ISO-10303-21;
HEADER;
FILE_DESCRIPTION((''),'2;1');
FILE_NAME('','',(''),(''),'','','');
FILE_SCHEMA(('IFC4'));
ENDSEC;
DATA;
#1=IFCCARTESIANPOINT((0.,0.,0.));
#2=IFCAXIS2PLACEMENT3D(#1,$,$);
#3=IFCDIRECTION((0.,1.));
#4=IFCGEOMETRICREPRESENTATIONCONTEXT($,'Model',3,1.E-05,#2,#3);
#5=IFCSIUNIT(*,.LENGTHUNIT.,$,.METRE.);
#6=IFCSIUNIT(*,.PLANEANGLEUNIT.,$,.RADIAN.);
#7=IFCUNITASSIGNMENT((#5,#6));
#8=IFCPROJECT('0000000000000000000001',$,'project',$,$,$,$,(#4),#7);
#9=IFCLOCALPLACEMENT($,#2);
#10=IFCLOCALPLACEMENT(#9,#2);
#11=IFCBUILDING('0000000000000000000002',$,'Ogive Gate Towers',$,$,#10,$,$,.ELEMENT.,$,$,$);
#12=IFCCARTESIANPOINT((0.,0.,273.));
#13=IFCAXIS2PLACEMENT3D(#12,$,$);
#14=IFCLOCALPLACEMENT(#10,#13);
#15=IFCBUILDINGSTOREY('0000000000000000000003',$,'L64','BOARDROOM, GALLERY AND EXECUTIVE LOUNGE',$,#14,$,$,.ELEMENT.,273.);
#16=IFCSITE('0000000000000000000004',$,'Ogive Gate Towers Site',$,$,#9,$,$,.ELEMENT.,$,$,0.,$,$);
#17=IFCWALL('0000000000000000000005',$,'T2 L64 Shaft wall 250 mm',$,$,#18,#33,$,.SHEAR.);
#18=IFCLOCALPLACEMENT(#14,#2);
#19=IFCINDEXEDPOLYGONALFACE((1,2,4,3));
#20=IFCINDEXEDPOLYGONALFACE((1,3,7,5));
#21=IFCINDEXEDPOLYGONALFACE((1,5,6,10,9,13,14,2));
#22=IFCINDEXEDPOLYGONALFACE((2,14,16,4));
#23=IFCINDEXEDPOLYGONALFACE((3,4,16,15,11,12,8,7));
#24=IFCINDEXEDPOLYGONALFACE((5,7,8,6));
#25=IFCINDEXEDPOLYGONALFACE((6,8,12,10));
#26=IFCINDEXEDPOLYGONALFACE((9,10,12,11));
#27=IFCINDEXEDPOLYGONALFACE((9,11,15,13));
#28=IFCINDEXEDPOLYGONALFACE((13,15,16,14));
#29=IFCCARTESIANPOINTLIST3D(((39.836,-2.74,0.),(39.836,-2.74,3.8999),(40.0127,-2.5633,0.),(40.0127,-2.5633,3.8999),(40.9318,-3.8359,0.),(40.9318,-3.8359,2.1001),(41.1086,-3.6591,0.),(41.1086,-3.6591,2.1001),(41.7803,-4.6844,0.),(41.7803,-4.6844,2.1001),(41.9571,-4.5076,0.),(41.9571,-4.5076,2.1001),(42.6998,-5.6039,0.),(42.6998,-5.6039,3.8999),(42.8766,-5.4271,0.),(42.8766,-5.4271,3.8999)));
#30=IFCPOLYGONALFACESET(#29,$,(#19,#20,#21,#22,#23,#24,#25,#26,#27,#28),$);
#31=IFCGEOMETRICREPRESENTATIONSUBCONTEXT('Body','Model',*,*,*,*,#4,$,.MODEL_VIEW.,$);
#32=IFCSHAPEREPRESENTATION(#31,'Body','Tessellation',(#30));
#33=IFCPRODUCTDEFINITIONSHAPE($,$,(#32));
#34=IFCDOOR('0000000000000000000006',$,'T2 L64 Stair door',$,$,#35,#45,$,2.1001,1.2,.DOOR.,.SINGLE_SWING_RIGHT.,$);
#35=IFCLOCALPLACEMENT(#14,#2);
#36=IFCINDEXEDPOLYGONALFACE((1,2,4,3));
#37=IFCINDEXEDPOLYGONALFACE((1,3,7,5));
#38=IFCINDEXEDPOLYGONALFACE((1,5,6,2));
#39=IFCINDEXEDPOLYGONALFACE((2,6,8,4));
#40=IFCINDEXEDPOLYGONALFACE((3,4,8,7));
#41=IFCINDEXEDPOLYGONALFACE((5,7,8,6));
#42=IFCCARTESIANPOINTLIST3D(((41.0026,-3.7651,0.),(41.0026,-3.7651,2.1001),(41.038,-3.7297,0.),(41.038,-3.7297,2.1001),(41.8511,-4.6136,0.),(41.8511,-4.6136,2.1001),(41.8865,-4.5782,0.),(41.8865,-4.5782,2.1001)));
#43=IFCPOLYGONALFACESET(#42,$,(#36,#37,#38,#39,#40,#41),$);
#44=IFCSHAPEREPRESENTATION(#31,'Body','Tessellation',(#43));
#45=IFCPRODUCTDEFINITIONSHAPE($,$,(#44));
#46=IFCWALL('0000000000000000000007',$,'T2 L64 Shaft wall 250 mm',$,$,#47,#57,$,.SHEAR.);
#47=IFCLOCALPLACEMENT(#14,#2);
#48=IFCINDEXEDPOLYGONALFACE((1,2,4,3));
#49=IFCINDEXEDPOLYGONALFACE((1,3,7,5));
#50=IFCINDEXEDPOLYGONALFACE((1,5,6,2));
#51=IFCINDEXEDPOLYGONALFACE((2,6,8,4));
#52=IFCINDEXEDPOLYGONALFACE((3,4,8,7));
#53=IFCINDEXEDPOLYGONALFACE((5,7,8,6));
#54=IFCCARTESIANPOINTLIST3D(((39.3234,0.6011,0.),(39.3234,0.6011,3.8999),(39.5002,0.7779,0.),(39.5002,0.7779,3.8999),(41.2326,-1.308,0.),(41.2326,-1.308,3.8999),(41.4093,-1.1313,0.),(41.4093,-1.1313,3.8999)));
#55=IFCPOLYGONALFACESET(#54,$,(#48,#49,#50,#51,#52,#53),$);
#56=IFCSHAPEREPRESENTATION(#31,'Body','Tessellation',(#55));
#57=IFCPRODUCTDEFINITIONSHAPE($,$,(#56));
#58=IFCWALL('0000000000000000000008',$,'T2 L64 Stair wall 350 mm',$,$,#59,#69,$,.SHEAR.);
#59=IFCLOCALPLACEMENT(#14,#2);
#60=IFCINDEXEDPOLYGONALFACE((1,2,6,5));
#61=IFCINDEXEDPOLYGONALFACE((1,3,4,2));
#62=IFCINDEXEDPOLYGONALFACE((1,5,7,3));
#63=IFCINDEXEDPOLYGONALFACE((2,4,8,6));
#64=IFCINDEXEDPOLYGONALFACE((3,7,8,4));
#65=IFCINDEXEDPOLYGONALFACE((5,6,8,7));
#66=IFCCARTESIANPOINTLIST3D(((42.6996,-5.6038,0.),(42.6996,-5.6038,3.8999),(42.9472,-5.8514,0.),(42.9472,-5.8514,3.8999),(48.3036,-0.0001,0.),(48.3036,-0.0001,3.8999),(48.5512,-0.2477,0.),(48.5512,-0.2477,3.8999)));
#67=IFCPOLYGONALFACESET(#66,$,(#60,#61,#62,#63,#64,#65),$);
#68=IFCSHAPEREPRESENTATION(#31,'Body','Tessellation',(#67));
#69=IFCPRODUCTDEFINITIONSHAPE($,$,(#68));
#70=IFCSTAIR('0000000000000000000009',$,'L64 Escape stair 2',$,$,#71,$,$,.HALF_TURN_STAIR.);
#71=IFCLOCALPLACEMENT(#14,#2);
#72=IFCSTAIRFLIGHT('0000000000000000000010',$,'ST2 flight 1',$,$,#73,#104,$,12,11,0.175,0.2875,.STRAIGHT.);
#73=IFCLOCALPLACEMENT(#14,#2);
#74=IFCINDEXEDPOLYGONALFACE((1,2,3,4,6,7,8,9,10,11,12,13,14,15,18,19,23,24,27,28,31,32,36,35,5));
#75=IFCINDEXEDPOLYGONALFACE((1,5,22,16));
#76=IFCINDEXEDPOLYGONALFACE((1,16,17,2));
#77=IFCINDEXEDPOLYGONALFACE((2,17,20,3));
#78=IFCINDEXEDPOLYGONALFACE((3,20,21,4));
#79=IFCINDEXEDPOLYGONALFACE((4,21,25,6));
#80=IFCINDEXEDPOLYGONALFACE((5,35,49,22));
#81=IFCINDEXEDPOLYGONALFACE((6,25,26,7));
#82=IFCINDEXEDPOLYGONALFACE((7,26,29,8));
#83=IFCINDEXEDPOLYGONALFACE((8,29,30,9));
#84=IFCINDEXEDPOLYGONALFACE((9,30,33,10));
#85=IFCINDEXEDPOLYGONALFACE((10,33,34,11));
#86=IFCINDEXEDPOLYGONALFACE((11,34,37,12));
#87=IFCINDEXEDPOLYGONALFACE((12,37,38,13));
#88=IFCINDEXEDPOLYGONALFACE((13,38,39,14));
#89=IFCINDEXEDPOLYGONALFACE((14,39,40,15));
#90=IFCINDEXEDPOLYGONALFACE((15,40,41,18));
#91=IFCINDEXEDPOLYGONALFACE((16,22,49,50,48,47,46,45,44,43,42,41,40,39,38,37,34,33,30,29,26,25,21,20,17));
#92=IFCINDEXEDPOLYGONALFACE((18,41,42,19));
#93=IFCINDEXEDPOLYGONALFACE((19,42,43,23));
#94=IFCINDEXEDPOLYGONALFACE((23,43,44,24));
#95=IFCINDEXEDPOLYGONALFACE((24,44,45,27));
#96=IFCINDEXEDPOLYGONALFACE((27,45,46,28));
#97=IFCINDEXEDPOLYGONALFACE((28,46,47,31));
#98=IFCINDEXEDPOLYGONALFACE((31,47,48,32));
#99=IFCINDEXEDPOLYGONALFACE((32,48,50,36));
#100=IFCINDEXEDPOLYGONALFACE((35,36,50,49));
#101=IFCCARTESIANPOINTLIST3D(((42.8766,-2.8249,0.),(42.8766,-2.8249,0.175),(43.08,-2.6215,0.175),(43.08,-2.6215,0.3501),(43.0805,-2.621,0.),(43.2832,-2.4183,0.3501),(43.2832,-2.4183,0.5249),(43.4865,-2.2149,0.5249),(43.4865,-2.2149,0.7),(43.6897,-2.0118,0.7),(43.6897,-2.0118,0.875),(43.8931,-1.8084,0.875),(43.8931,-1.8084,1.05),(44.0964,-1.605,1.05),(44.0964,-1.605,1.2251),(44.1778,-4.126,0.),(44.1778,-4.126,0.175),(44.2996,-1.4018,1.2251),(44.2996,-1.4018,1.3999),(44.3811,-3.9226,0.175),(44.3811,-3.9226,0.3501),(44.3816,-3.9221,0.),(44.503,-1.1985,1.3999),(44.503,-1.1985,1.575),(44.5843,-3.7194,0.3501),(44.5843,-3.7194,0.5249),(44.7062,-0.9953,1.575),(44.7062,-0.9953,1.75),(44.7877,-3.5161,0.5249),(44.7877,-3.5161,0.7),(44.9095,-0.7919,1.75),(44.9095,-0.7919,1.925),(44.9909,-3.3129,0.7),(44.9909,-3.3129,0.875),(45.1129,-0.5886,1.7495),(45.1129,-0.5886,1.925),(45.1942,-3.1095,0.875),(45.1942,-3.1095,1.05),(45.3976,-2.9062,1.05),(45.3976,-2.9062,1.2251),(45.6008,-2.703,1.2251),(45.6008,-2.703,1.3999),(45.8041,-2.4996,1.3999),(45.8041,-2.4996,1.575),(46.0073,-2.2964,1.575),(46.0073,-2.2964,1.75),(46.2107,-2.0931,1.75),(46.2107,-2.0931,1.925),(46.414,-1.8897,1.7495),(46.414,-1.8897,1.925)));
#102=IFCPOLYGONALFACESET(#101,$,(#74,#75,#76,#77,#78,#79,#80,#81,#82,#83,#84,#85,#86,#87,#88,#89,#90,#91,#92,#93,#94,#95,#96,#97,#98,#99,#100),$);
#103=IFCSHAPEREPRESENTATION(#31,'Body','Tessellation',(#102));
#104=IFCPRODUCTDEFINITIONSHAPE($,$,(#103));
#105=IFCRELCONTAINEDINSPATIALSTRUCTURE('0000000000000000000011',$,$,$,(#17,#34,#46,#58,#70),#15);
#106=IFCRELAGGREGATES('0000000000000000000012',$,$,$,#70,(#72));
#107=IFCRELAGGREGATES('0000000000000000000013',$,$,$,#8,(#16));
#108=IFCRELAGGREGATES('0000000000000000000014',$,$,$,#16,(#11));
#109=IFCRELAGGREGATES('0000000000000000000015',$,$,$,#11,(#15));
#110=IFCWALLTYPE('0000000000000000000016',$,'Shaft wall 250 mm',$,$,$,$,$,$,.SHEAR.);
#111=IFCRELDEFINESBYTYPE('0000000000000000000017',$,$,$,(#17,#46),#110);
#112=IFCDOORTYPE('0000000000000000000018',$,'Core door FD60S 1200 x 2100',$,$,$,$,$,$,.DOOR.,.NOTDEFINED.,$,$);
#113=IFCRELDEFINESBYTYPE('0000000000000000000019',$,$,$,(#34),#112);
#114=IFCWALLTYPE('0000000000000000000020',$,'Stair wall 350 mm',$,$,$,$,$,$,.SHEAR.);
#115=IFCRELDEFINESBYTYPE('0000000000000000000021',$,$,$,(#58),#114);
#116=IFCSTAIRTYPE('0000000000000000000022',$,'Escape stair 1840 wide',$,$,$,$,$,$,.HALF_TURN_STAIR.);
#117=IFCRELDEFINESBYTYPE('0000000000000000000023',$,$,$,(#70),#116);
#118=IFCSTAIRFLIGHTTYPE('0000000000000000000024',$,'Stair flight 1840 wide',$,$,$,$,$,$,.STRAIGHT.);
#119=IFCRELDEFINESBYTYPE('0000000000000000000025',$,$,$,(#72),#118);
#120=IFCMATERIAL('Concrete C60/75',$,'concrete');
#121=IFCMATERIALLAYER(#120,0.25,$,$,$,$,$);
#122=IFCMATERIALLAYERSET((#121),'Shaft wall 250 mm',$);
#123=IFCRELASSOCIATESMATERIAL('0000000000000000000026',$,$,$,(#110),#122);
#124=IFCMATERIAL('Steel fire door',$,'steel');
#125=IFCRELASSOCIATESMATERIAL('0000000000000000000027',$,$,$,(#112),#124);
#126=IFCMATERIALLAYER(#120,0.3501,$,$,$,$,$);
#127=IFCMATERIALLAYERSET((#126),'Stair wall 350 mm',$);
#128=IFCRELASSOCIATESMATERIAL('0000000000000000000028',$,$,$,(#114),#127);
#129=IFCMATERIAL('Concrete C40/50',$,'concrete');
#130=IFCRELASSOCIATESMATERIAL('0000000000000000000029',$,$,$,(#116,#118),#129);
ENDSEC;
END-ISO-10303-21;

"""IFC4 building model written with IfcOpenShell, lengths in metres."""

from ifc_helpers import new_model, si_unit, direction, frame, frame_2d, origin, place, context, subcontext, project, spatial, polyline, rectangle, outline, extrude, material, layer, layer_set, type_object, element, fill, aggregate, save


model = new_model("IFC4")

# Units and contexts
model_context = context("Model", 3, precision=1e-05, world=origin(), true_north=direction((0.0, 1.0)))
body_context = subcontext(model_context, "Body", "Model", "MODEL_VIEW")
ifc_project = project(units=[si_unit("LENGTHUNIT", "METRE"), si_unit("PLANEANGLEUNIT", "RADIAN")], contexts=[model_context])

# Site, building, storey
site_placement = place(None, origin())
site = spatial("IfcSite", under=ifc_project, at=site_placement, Name="Ogive Gate Towers Site", CompositionType="ELEMENT", RefElevation=0.0)
building_placement = place(site_placement, origin())
building = spatial("IfcBuilding", under=site, at=building_placement, Name="Ogive Gate Towers", CompositionType="ELEMENT")
storey_placement = place(building_placement, frame((0.0, 0.0, 273.0)))
storey = spatial("IfcBuildingStorey", under=building, at=storey_placement, Name="L64", Description="BOARDROOM, GALLERY AND EXECUTIVE LOUNGE", CompositionType="ELEMENT", Elevation=273.0)

# Shared definitions
ifc_material_1 = material(Name="Concrete C40/50", Category="concrete")

# Shared definitions
ifc_material_2 = material(Name="Concrete C60/75", Category="concrete")
ifc_layer_1 = layer(ifc_material_2, 0.25)
ifc_layer_set_1 = layer_set([ifc_layer_1], Name="Shaft wall 250 mm")
wall_type_1 = type_object("IfcWallType", Name="Shaft wall 250 mm", PredefinedType="SHEAR", material=ifc_layer_set_1)

# Wall, opening, door
wall_1_placement = place(storey_placement, frame((42.7881, -5.5154, 0.0), z_axis=(0.0, 0.0, 1.0), x_axis=(-0.707107, 0.707107, 0.0)))
wall_1 = element("IfcWall", 1, at=wall_1_placement, inside=storey, type_object=wall_type_1, Name="T2 L64 Shaft wall 250 mm", PredefinedType="SHEAR", context=body_context, shape_type="SweptSolid", body=[
    extrude(rectangle(XDim=4.05, YDim=0.25, at=frame_2d((2.0249, 0.0))), origin(), (0.0, 0.0, 1.0), 3.8999),
])
opening_1_placement = place(wall_1_placement, frame((1.3, 0.0, 0.0)))
opening_1 = element("IfcOpeningElement", 2, at=opening_1_placement, cuts=wall_1, PredefinedType="OPENING", context=body_context, shape_type="SweptSolid", body=[
    extrude(rectangle(XDim=1.2, YDim=2.1001, at=frame_2d((0.6001, 1.05))), frame((0.0, 0.135, 0.0), z_axis=(0.0, -1.0, 0.0), x_axis=(1.0, 0.0, 0.0)), (0.0, 0.0, 1.0), 0.27),
])
ifc_material_3 = material(Name="Steel fire door", Category="steel")
door_type_1 = type_object("IfcDoorType", Name="Core door FD60S 1200 x 2100", OperationType="NOTDEFINED", PredefinedType="DOOR", material=ifc_material_3)
door_1_placement = place(opening_1_placement, origin())
door_1 = element("IfcDoor", 3, at=door_1_placement, inside=storey, type_object=door_type_1, Name="T2 L64 Stair door", OperationType="SINGLE_SWING_RIGHT", OverallHeight=2.1001, OverallWidth=1.2, PredefinedType="DOOR", context=body_context, shape_type="SweptSolid", body=[
    extrude(rectangle(XDim=1.2, YDim=2.1001, at=frame_2d((0.6001, 1.05))), frame((0.0, 0.0249, 0.0), z_axis=(0.0, -1.0, 0.0), x_axis=(1.0, 0.0, 0.0)), (0.0, 0.0, 1.0), 0.05),
])
fill(opening_1, door_1)

# Walls
wall_2_placement = place(storey_placement, frame((41.321, -1.2197, 0.0), z_axis=(0.0, 0.0, 1.0), x_axis=(-0.707107, 0.707107, 0.0)))
element("IfcWall", 4, at=wall_2_placement, inside=storey, type_object=wall_type_1, Name="T2 L64 Shaft wall 250 mm", PredefinedType="SHEAR", context=body_context, shape_type="SweptSolid", body=[
    extrude(rectangle(XDim=2.7, YDim=0.25, at=frame_2d((1.3501, 0.0))), origin(), (0.0, 0.0, 1.0), 3.8999),
])
ifc_layer_2 = layer(ifc_material_2, 0.3501)
ifc_layer_set_2 = layer_set([ifc_layer_2], Name="Stair wall 350 mm")
wall_type_2 = type_object("IfcWallType", Name="Stair wall 350 mm", PredefinedType="SHEAR", material=ifc_layer_set_2)
wall_3_placement = place(storey_placement, frame((42.8235, -5.7275, 0.0), z_axis=(0.0, 0.0, 1.0), x_axis=(0.707122, 0.707091, 0.0)))
element("IfcWall", 5, at=wall_3_placement, inside=storey, type_object=wall_type_2, Name="T2 L64 Stair wall 350 mm", PredefinedType="SHEAR", context=body_context, shape_type="SweptSolid", body=[
    extrude(rectangle(XDim=7.925, YDim=0.3501, at=frame_2d((3.9624, 0.0))), origin(), (0.0, 0.0, 1.0), 3.8999),
])

# Stair, stair flight
stair_type = type_object("IfcStairType", Name="Escape stair 1840 wide", PredefinedType="HALF_TURN_STAIR", material=ifc_material_1)
stair_placement = place(storey_placement, origin())
stair = element("IfcStair", 6, at=stair_placement, inside=storey, type_object=stair_type, Name="L64 Escape stair 2", PredefinedType="HALF_TURN_STAIR")
stair_flight_type = type_object("IfcStairFlightType", Name="Stair flight 1840 wide", PredefinedType="STRAIGHT", material=ifc_material_1)
stair_flight_placement = place(storey_placement, frame((43.5271, -3.4753, 0.0), z_axis=(0.0, 0.0, 1.0), x_axis=(0.707107, 0.707107, 0.0)))
stair_flight = element("IfcStairFlight", 7, at=stair_flight_placement, type_object=stair_flight_type, Name="ST2 flight 1", NumberOfRisers=12, NumberOfTreads=11, PredefinedType="STRAIGHT", RiserHeight=0.175, TreadLength=0.2875, context=body_context, shape_type="SweptSolid", body=[
    extrude(outline(polyline([(0.0, 0.0), (0.0, 0.175), (0.2876, 0.175), (0.2876, 0.3501), (0.575, 0.3501), (0.575, 0.5249), (0.8625, 0.5249), (0.8625, 0.7), (1.1499, 0.7), (1.1499, 0.875), (1.4375, 0.875), (1.4375, 1.05), (1.7251, 1.05), (1.7251, 1.2251), (2.0125, 1.2251), (2.0125, 1.3999), (2.3, 1.3999), (2.3, 1.575), (2.5874, 1.575), (2.5874, 1.75), (2.875, 1.75), (2.875, 1.925), (3.1626, 1.925), (3.1626, 2.1001), (3.1626, 1.7495), (0.2883, 0.0), (0.0, 0.0)])), frame((0.0, 0.9199, 0.0), z_axis=(0.0, -1.0, 0.0), x_axis=(1.0, 0.0, 0.0)), (0.0, 0.0, 1.0), 1.8401),
])
aggregate(stair, [stair_flight])

save(model, "model.ifc")
